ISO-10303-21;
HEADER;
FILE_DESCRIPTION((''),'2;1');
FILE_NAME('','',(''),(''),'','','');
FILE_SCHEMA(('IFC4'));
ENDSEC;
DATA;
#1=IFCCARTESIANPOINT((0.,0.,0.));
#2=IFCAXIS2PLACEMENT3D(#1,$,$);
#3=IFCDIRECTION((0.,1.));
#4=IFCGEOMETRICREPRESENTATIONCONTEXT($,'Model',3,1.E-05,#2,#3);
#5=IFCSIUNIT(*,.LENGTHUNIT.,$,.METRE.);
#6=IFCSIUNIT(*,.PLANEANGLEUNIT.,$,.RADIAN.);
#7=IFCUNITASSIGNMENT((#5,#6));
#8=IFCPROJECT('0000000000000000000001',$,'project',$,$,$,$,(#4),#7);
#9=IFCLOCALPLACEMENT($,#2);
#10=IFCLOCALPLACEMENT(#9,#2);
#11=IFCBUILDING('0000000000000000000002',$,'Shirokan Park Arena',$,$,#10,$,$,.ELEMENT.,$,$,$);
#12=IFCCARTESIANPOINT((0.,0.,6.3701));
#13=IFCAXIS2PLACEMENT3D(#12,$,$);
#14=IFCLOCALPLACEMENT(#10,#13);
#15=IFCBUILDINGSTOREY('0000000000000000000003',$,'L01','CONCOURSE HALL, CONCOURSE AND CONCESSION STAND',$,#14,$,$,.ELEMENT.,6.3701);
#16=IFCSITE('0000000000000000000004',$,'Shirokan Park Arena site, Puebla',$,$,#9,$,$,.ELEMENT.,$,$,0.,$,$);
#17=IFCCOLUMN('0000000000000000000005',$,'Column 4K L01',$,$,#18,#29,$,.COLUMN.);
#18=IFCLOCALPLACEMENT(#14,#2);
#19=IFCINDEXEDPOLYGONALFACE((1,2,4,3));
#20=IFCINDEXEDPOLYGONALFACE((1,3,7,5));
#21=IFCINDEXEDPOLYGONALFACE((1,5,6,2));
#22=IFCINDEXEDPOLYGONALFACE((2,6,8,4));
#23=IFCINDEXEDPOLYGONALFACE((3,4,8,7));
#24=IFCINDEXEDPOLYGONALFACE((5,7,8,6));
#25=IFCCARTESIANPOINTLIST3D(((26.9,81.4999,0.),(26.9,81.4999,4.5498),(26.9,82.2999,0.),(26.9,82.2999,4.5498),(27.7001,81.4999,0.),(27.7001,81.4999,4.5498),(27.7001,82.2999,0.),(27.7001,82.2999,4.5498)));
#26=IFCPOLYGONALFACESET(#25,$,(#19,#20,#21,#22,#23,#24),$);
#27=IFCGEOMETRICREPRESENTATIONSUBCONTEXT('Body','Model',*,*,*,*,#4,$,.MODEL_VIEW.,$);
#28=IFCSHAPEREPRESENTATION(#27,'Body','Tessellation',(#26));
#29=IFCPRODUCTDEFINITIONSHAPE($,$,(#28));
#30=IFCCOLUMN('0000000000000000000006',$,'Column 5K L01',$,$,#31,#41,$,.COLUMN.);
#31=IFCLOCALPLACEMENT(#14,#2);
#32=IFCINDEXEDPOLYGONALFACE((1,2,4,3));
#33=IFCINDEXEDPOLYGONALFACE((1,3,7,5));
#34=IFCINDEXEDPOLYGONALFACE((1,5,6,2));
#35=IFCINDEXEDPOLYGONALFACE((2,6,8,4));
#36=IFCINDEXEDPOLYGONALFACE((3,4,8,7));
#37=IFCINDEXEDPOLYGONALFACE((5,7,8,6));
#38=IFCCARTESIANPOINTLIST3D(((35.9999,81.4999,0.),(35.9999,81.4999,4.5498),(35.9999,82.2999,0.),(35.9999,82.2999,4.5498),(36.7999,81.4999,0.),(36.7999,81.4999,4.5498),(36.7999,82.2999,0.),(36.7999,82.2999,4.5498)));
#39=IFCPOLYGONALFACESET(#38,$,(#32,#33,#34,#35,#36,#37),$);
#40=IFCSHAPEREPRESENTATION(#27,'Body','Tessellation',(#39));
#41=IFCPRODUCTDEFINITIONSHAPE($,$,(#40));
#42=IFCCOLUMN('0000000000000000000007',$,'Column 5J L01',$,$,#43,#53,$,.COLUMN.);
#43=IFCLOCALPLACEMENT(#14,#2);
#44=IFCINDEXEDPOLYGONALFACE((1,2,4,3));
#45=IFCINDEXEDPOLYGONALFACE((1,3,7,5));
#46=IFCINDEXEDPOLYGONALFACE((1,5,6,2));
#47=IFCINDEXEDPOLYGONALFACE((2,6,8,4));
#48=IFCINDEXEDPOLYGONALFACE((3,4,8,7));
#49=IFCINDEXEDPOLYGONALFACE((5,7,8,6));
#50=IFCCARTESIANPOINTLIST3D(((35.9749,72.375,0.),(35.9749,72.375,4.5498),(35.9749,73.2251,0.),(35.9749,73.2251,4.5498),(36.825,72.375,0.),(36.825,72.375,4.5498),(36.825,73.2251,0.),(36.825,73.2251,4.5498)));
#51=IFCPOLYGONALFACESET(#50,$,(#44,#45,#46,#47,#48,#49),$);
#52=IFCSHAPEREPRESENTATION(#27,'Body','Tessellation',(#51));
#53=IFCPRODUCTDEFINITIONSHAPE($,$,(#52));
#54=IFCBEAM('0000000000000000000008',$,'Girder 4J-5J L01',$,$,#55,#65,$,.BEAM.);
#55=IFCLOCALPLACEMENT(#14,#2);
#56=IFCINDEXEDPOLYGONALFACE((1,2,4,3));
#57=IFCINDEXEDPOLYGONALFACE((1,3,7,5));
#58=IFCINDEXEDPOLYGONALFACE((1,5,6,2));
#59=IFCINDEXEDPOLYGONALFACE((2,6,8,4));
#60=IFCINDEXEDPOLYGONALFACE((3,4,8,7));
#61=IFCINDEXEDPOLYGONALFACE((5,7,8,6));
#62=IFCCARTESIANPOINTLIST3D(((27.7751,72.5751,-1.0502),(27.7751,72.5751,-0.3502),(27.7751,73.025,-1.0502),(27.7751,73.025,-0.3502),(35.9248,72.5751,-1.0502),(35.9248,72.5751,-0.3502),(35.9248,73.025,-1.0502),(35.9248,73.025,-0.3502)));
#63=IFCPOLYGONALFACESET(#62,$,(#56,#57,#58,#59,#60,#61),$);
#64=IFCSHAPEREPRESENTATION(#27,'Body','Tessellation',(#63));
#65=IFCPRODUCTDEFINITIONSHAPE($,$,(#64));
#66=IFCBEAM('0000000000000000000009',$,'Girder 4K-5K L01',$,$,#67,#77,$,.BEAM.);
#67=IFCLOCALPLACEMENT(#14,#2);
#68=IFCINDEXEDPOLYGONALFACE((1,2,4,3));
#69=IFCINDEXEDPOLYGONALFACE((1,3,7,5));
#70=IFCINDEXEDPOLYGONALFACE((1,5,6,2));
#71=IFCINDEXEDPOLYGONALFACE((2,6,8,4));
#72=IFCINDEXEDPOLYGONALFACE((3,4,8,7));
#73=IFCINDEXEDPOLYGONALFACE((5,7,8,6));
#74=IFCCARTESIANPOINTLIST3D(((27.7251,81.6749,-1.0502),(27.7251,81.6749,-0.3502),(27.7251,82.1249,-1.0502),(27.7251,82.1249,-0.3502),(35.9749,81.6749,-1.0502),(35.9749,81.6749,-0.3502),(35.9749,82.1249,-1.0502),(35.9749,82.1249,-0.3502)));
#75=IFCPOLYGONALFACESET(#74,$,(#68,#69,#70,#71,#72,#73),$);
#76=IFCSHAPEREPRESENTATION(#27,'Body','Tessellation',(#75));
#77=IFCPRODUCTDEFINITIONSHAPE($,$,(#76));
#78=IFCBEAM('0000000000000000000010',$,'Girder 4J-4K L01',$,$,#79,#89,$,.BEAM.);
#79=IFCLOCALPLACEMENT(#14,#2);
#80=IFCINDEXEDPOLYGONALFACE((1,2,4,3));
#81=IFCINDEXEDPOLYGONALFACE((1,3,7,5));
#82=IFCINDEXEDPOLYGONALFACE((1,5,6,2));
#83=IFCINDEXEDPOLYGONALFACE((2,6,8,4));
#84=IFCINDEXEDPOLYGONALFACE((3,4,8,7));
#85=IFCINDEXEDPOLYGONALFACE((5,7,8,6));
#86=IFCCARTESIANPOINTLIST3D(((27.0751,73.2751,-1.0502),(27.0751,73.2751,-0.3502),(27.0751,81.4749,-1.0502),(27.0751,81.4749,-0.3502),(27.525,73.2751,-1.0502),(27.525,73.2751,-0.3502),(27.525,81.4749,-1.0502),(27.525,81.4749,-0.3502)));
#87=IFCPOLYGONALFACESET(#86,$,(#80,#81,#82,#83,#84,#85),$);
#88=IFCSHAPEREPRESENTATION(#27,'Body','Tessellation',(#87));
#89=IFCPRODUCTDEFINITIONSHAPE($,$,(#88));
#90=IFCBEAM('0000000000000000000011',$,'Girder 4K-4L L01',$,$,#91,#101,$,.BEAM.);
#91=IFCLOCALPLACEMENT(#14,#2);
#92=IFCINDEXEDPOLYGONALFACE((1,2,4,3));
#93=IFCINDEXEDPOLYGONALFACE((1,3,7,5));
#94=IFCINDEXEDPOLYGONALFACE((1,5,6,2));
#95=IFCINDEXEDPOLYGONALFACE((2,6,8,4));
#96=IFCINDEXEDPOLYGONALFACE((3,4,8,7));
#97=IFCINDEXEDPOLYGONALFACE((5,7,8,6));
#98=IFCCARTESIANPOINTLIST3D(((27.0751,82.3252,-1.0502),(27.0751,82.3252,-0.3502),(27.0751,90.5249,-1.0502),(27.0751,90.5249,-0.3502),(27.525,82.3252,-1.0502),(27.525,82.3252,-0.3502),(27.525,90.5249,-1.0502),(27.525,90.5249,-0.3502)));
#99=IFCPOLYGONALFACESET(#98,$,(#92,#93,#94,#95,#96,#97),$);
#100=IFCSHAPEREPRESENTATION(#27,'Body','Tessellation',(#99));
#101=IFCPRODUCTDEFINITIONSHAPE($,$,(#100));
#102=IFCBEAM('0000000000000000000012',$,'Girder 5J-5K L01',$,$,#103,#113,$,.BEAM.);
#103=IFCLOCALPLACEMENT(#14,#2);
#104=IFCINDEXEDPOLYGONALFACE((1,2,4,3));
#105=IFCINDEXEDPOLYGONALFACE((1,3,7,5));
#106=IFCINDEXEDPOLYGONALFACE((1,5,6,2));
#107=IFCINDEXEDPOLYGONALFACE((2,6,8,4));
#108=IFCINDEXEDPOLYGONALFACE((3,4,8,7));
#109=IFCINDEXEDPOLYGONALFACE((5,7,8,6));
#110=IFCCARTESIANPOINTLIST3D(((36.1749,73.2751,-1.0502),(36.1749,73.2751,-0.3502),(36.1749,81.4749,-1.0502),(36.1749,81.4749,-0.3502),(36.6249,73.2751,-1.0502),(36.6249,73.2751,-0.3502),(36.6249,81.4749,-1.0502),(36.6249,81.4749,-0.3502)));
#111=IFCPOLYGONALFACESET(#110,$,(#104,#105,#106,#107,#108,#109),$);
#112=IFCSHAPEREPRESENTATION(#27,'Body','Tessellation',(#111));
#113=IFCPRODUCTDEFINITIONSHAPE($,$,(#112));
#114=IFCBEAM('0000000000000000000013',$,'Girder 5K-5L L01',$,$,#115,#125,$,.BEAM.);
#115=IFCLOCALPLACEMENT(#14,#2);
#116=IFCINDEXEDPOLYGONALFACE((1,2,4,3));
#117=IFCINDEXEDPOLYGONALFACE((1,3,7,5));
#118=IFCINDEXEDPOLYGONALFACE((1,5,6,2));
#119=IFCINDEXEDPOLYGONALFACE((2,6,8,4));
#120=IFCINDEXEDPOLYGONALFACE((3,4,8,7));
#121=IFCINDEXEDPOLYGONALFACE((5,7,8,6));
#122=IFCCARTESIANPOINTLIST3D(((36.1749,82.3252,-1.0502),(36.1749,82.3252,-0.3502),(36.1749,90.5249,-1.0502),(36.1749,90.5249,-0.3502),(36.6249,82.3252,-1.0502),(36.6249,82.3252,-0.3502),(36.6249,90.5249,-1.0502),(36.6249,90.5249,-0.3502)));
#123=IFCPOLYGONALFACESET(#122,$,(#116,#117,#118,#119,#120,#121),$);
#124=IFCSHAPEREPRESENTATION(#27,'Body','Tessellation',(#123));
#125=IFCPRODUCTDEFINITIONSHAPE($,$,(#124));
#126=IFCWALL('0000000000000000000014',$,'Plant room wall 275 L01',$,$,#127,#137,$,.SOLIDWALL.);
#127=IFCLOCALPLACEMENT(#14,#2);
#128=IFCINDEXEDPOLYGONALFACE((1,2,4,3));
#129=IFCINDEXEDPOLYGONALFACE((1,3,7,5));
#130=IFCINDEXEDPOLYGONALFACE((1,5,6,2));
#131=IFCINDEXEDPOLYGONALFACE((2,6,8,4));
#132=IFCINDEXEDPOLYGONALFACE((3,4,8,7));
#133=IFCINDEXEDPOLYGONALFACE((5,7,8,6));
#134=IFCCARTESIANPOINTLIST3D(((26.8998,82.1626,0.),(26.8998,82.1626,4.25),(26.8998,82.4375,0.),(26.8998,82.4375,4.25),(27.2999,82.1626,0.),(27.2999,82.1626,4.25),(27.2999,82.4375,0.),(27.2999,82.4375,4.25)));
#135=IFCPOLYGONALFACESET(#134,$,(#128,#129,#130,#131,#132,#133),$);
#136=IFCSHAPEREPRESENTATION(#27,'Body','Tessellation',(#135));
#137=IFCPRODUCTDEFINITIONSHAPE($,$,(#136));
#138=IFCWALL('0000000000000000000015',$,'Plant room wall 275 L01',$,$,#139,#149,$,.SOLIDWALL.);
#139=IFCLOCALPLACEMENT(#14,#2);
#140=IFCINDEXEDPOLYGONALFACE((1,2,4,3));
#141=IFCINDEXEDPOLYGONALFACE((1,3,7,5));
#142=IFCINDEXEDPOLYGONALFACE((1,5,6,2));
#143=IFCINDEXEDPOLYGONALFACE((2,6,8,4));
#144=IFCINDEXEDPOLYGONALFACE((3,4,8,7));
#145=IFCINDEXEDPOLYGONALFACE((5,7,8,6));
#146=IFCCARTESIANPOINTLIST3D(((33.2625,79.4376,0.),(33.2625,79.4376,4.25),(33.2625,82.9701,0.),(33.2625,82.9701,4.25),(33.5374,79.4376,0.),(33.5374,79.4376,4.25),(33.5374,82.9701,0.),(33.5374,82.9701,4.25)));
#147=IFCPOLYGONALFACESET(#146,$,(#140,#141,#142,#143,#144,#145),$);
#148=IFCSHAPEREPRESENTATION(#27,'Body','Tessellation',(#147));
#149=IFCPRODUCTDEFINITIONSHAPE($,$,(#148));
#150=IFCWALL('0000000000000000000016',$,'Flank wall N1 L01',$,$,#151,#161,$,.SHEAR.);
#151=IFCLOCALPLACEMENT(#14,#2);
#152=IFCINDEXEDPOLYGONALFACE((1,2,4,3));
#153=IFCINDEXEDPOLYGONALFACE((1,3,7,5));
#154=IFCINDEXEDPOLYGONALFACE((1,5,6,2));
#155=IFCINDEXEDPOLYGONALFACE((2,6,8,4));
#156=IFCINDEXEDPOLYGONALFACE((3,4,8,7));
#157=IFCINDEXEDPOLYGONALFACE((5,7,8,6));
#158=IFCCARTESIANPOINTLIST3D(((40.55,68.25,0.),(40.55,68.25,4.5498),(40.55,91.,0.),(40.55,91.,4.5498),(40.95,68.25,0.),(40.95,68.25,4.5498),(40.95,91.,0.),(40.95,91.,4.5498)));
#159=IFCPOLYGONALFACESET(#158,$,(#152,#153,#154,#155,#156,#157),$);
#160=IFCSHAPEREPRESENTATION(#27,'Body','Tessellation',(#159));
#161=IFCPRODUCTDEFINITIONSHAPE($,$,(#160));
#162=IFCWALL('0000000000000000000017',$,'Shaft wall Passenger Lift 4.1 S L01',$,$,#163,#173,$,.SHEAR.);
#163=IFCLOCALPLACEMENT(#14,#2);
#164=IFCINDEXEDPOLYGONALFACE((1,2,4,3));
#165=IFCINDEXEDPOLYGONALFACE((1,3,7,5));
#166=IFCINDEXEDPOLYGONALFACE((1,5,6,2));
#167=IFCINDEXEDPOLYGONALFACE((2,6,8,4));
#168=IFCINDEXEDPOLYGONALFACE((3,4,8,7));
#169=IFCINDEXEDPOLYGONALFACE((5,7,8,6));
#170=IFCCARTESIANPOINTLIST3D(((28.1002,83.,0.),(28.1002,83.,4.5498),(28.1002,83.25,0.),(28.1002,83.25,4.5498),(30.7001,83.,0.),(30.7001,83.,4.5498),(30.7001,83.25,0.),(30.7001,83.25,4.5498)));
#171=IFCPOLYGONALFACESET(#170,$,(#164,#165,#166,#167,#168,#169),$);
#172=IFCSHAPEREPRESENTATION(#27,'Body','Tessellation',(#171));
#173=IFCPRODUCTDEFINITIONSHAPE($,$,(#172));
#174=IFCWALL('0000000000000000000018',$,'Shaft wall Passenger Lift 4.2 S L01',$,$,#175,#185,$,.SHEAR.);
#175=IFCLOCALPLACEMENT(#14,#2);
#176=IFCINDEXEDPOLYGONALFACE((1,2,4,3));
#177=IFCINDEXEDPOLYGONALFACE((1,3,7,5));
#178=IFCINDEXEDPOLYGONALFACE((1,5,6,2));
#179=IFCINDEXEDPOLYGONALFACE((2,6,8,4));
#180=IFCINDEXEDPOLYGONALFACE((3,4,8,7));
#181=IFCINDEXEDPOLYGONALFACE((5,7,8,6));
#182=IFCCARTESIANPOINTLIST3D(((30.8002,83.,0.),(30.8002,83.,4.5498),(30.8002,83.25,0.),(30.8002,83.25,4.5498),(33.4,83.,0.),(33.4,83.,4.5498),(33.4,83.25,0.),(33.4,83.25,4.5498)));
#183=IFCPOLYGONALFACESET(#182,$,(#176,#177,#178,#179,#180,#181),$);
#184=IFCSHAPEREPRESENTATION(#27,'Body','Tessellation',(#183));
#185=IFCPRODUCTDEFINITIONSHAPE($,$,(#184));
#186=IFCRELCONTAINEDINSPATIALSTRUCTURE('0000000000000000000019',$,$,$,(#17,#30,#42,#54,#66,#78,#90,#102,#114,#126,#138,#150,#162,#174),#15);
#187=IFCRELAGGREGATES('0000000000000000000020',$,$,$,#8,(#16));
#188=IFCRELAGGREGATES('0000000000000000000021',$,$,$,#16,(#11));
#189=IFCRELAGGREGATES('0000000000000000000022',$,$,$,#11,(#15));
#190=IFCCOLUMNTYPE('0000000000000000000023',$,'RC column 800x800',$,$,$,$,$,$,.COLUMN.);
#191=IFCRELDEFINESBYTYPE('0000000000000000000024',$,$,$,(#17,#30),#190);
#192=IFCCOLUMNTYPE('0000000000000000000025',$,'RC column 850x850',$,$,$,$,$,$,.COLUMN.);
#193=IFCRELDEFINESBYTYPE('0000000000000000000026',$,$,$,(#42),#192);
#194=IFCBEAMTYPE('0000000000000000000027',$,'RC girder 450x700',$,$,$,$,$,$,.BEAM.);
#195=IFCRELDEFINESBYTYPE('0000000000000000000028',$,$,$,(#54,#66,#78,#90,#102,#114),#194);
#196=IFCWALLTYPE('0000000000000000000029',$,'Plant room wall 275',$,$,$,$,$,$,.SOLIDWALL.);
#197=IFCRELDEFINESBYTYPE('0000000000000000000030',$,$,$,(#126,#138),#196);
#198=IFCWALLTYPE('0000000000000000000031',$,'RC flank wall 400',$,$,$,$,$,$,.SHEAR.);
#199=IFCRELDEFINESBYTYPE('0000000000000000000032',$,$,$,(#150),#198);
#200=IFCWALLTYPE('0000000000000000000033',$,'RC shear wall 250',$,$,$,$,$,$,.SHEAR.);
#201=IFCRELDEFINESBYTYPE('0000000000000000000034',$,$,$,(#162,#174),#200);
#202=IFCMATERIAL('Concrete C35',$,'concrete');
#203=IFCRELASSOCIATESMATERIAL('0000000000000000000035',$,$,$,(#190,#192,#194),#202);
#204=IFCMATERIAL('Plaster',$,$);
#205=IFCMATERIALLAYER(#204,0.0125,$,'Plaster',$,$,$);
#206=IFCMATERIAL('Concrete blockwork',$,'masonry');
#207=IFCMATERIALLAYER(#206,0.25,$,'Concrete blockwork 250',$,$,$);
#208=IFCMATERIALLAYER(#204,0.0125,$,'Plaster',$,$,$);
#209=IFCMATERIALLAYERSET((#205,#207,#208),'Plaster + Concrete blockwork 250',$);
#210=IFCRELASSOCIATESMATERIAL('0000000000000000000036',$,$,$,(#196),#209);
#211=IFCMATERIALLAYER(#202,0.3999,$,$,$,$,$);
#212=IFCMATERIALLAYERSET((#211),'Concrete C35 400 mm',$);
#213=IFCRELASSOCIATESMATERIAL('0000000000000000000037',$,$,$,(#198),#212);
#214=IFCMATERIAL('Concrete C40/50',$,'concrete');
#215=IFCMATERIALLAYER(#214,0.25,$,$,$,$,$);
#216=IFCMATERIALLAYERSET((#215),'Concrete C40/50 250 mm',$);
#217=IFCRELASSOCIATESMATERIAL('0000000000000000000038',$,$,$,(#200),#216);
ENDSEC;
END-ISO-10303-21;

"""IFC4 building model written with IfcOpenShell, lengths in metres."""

from ifc_helpers import new_model, si_unit, direction, frame, frame_2d, origin, origin_2d, place, context, subcontext, project, spatial, rectangle, extrude, material, layer, layer_set, material_profile, profile_set, type_object, element, save


model = new_model("IFC4")

# Units and contexts
model_context = context("Model", 3, precision=1e-05, world=origin(), true_north=direction((0.0, 1.0)))
body_context = subcontext(model_context, "Body", "Model", "MODEL_VIEW")
ifc_project = project(units=[si_unit("LENGTHUNIT", "METRE"), si_unit("PLANEANGLEUNIT", "RADIAN")], contexts=[model_context])

# Site, building, storey
site_placement = place(None, origin())
site = spatial("IfcSite", under=ifc_project, at=site_placement, Name="Shirokan Park Arena site, Puebla", CompositionType="ELEMENT", RefElevation=0.0)
building_placement = place(site_placement, origin())
building = spatial("IfcBuilding", under=site, at=building_placement, Name="Shirokan Park Arena", CompositionType="ELEMENT")
storey_placement = place(building_placement, frame((0.0, 0.0, 6.3701)))
storey = spatial("IfcBuildingStorey", under=building, at=storey_placement, Name="L01", Description="CONCOURSE HALL, CONCOURSE AND CONCESSION STAND", CompositionType="ELEMENT", Elevation=6.3701)

# Columns
ifc_material_1 = material(Name="Concrete C35", Category="concrete")
ifc_material_profile_1 = material_profile(ifc_material_1, rectangle(XDim=0.8, YDim=0.8, at=origin_2d()), Name="800x800")
ifc_profile_set_1 = profile_set([ifc_material_profile_1], Name="Concrete C35")
column_type_1 = type_object("IfcColumnType", Name="RC column 800x800", PredefinedType="COLUMN", material=ifc_profile_set_1)
for number, where, z_axis, x_axis, name in (
    (1, (27.3, 81.8999, 0.0), (0.0, 0.0, 1.0), (1.0, 0.0, 0.0), "Column 4K L01"),
    (2, (36.3999, 81.8999, 0.0), (0.0, 0.0, 1.0), (1.0, 0.0, 0.0), "Column 5K L01"),
):
    element("IfcColumn", number, at=place(storey_placement, frame(where, z_axis=z_axis, x_axis=x_axis)), inside=storey, type_object=column_type_1, Name=name, PredefinedType="COLUMN", context=body_context, shape_type="SweptSolid", body=[
        extrude(rectangle(XDim=0.8, YDim=0.8, at=origin_2d()), origin(), (0.0, 0.0, 1.0), 4.5498),
    ])
ifc_material_profile_2 = material_profile(ifc_material_1, rectangle(XDim=0.8501, YDim=0.8501, at=origin_2d()), Name="850x850")
ifc_profile_set_2 = profile_set([ifc_material_profile_2], Name="Concrete C35")
column_type_2 = type_object("IfcColumnType", Name="RC column 850x850", PredefinedType="COLUMN", material=ifc_profile_set_2)
column_placement = place(storey_placement, frame((36.3999, 72.8, 0.0), z_axis=(0.0, 0.0, 1.0), x_axis=(1.0, 0.0, 0.0)))
element("IfcColumn", 3, at=column_placement, inside=storey, type_object=column_type_2, Name="Column 5J L01", PredefinedType="COLUMN", context=body_context, shape_type="SweptSolid", body=[
    extrude(rectangle(XDim=0.8501, YDim=0.8501, at=origin_2d()), origin(), (0.0, 0.0, 1.0), 4.5498),
])

# Beams
ifc_material_profile_3 = material_profile(ifc_material_1, rectangle(XDim=0.45, YDim=0.7, at=origin_2d()), Name="450x700")
ifc_profile_set_3 = profile_set([ifc_material_profile_3], Name="Concrete C35")
beam_type = type_object("IfcBeamType", Name="RC girder 450x700", PredefinedType="BEAM", material=ifc_profile_set_3)
beam_1_placement = place(storey_placement, frame((27.7751, 72.8, -0.7002), z_axis=(1.0, 0.0, 0.0), x_axis=(0.0, 1.0, 0.0)))
element("IfcBeam", 4, at=beam_1_placement, inside=storey, type_object=beam_type, Name="Girder 4J-5J L01", PredefinedType="BEAM", context=body_context, shape_type="SweptSolid", body=[
    extrude(rectangle(XDim=0.45, YDim=0.7, at=origin_2d()), origin(), (0.0, 0.0, 1.0), 8.1497),
])
beam_2_placement = place(storey_placement, frame((27.7251, 81.8999, -0.7002), z_axis=(1.0, 0.0, 0.0), x_axis=(0.0, 1.0, 0.0)))
element("IfcBeam", 5, at=beam_2_placement, inside=storey, type_object=beam_type, Name="Girder 4K-5K L01", PredefinedType="BEAM", context=body_context, shape_type="SweptSolid", body=[
    extrude(rectangle(XDim=0.45, YDim=0.7, at=origin_2d()), origin(), (0.0, 0.0, 1.0), 8.2498),
])
for number, where, z_axis, x_axis, name in (
    (6, (27.3, 73.2751, -0.7002), (0.0, 1.0, 0.0), (-1.0, 0.0, 0.0), "Girder 4J-4K L01"),
    (7, (27.3, 82.3252, -0.7002), (0.0, 1.0, 0.0), (-1.0, 0.0, 0.0), "Girder 4K-4L L01"),
    (8, (36.3999, 73.2751, -0.7002), (0.0, 1.0, 0.0), (-1.0, 0.0, 0.0), "Girder 5J-5K L01"),
    (9, (36.3999, 82.3252, -0.7002), (0.0, 1.0, 0.0), (-1.0, 0.0, 0.0), "Girder 5K-5L L01"),
):
    element("IfcBeam", number, at=place(storey_placement, frame(where, z_axis=z_axis, x_axis=x_axis)), inside=storey, type_object=beam_type, Name=name, PredefinedType="BEAM", context=body_context, shape_type="SweptSolid", body=[
        extrude(rectangle(XDim=0.45, YDim=0.7, at=origin_2d()), origin(), (0.0, 0.0, 1.0), 8.1997),
    ])

# Walls
ifc_material_2 = material(Name="Plaster")
ifc_layer_1 = layer(ifc_material_2, 0.0125, Name="Plaster")
ifc_material_3 = material(Name="Concrete blockwork", Category="masonry")
ifc_layer_2 = layer(ifc_material_3, 0.25, Name="Concrete blockwork 250")
ifc_layer_3 = layer(ifc_material_2, 0.0125, Name="Plaster")
ifc_layer_set_1 = layer_set([ifc_layer_1, ifc_layer_2, ifc_layer_3], Name="Plaster + Concrete blockwork 250")
wall_type_1 = type_object("IfcWallType", Name="Plant room wall 275", PredefinedType="SOLIDWALL", material=ifc_layer_set_1)
wall_1_placement = place(storey_placement, frame((27.3, 82.3, 0.0), z_axis=(0.0, 0.0, 1.0), x_axis=(-1.0, 0.0, 0.0)))
element("IfcWall", 10, at=wall_1_placement, inside=storey, type_object=wall_type_1, Name="Plant room wall 275 L01", PredefinedType="SOLIDWALL", context=body_context, shape_type="SweptSolid", body=[
    extrude(rectangle(XDim=0.4001, YDim=0.2749, at=frame_2d((0.2002, 0.0))), origin(), (0.0, 0.0, 1.0), 4.25),
])
wall_2_placement = place(storey_placement, frame((33.3999, 82.97, 0.0), z_axis=(0.0, 0.0, 1.0), x_axis=(0.0, -1.0, 0.0)))
element("IfcWall", 11, at=wall_2_placement, inside=storey, type_object=wall_type_1, Name="Plant room wall 275 L01", PredefinedType="SOLIDWALL", context=body_context, shape_type="SweptSolid", body=[
    extrude(rectangle(XDim=3.5325, YDim=0.2749, at=frame_2d((1.7661, 0.0))), origin(), (0.0, 0.0, 1.0), 4.25),
])
ifc_layer_4 = layer(ifc_material_1, 0.3999)
ifc_layer_set_2 = layer_set([ifc_layer_4], Name="Concrete C35 400 mm")
wall_type_2 = type_object("IfcWallType", Name="RC flank wall 400", PredefinedType="SHEAR", material=ifc_layer_set_2)
wall_3_placement = place(storey_placement, frame((40.75, 68.25, 0.0), z_axis=(0.0, 0.0, 1.0), x_axis=(0.0, 1.0, 0.0)))
element("IfcWall", 12, at=wall_3_placement, inside=storey, type_object=wall_type_2, Name="Flank wall N1 L01", PredefinedType="SHEAR", context=body_context, shape_type="SweptSolid", body=[
    extrude(rectangle(XDim=22.75, YDim=0.3999, at=frame_2d((11.375, 0.0))), origin(), (0.0, 0.0, 1.0), 4.5498),
])
ifc_material_4 = material(Name="Concrete C40/50", Category="concrete")
ifc_layer_5 = layer(ifc_material_4, 0.25)
ifc_layer_set_3 = layer_set([ifc_layer_5], Name="Concrete C40/50 250 mm")
wall_type_3 = type_object("IfcWallType", Name="RC shear wall 250", PredefinedType="SHEAR", material=ifc_layer_set_3)
for number, where, z_axis, x_axis, name in (
    (13, (30.7, 83.125, 0.0), (0.0, 0.0, 1.0), (-1.0, 0.0, 0.0), "Shaft wall Passenger Lift 4.1 S L01"),
    (14, (33.3999, 83.125, 0.0), (0.0, 0.0, 1.0), (-1.0, 0.0, 0.0), "Shaft wall Passenger Lift 4.2 S L01"),
):
    element("IfcWall", number, at=place(storey_placement, frame(where, z_axis=z_axis, x_axis=x_axis)), inside=storey, type_object=wall_type_3, Name=name, PredefinedType="SHEAR", context=body_context, shape_type="SweptSolid", body=[
        extrude(rectangle(XDim=2.5999, YDim=0.25, at=frame_2d((1.2998, 0.0))), origin(), (0.0, 0.0, 1.0), 4.5498),
    ])

save(model, "model.ifc")
